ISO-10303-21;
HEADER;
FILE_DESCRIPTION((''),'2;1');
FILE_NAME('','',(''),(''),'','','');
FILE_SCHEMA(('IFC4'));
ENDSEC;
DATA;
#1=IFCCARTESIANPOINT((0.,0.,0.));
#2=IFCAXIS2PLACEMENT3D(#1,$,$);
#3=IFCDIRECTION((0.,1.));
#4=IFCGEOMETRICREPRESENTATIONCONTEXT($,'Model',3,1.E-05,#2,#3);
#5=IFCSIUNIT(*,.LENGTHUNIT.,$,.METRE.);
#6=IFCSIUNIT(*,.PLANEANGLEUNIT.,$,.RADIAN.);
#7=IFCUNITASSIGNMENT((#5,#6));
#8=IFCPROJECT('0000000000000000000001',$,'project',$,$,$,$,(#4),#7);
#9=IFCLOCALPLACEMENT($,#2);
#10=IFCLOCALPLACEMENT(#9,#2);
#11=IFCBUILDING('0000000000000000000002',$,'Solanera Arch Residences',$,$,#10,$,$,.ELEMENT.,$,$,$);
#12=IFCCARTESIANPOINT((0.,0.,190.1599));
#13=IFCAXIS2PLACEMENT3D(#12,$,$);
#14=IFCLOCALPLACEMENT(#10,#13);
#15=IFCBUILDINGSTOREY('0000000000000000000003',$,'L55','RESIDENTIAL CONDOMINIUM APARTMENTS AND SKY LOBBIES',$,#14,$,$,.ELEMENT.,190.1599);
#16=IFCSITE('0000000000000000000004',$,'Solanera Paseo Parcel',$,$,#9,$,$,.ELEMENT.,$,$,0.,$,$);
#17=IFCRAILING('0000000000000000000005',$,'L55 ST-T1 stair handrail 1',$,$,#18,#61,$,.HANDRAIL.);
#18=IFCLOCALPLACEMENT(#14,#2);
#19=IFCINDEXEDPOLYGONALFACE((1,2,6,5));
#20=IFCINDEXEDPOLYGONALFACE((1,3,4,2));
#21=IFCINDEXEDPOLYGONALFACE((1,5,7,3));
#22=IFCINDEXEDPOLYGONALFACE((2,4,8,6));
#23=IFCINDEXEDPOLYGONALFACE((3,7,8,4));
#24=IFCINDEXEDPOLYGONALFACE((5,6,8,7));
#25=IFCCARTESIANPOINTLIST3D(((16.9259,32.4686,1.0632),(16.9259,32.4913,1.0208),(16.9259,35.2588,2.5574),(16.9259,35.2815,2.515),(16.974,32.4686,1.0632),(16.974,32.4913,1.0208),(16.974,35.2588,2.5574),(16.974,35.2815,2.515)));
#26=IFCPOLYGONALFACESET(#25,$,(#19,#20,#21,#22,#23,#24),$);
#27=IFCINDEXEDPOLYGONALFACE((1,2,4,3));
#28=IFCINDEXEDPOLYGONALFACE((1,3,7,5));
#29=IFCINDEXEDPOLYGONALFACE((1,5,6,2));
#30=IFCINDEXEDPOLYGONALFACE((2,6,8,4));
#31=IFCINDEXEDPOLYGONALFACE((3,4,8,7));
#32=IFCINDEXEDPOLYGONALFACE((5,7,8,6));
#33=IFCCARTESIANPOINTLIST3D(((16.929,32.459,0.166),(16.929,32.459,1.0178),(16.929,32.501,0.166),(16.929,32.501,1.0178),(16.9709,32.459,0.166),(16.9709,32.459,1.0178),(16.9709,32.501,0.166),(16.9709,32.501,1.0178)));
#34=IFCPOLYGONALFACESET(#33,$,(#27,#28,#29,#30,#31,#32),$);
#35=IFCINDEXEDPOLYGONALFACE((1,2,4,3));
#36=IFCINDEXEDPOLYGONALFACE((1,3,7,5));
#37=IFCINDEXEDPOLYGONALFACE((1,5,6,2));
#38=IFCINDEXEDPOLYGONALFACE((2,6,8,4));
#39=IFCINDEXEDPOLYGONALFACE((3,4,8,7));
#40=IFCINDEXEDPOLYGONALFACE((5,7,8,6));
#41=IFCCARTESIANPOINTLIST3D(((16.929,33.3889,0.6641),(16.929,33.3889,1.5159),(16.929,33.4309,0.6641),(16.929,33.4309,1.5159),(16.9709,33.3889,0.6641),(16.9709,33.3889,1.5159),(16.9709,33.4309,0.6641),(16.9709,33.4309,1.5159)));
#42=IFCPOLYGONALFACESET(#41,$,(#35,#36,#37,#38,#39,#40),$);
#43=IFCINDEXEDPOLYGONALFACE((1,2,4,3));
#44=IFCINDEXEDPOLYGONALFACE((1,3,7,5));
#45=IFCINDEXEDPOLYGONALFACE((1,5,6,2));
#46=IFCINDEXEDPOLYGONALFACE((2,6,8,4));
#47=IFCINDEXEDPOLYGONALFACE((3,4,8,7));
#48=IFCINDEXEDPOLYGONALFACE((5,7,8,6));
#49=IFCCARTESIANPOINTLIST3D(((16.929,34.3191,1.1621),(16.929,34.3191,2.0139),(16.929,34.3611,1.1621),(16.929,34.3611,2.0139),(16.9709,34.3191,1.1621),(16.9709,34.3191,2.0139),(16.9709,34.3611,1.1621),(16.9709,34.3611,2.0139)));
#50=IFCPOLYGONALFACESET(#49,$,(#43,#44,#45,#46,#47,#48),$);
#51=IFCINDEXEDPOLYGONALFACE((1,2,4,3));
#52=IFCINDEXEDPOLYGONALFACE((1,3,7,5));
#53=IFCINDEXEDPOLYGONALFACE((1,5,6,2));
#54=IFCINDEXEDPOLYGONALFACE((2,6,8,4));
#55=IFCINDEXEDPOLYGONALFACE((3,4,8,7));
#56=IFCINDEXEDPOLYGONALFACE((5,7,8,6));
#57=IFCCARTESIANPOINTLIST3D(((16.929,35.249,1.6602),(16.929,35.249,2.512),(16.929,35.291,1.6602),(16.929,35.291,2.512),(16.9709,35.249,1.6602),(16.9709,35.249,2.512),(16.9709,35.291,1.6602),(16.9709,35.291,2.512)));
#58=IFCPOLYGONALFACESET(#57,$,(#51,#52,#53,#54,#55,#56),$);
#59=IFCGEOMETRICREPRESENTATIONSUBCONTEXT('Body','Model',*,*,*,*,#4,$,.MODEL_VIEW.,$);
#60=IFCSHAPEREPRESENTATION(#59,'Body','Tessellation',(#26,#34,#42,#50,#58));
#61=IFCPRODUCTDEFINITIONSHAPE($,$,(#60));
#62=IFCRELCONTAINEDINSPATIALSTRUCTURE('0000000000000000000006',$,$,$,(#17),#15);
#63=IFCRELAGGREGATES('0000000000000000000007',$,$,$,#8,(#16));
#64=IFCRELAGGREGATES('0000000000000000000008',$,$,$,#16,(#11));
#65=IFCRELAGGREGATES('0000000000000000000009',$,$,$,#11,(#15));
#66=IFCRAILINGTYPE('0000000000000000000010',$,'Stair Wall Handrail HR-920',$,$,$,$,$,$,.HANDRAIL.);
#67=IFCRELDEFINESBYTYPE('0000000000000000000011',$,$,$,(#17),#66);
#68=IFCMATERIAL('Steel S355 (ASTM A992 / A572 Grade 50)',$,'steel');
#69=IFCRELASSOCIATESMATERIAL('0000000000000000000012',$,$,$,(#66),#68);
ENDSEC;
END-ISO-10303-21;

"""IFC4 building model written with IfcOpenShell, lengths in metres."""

from ifc_helpers import new_model, si_unit, direction, frame, origin, origin_2d, place, context, subcontext, project, spatial, rectangle, extrude, material, type_object, element, save


model = new_model("IFC4")

# Units and contexts
model_context = context("Model", 3, precision=1e-05, world=origin(), true_north=direction((0.0, 1.0)))
body_context = subcontext(model_context, "Body", "Model", "MODEL_VIEW")
ifc_project = project(units=[si_unit("LENGTHUNIT", "METRE"), si_unit("PLANEANGLEUNIT", "RADIAN")], contexts=[model_context])

# Site, building, storey
site_placement = place(None, origin())
site = spatial("IfcSite", under=ifc_project, at=site_placement, Name="Solanera Paseo Parcel", CompositionType="ELEMENT", RefElevation=0.0)
building_placement = place(site_placement, origin())
building = spatial("IfcBuilding", under=site, at=building_placement, Name="Solanera Arch Residences", CompositionType="ELEMENT")
storey_placement = place(building_placement, frame((0.0, 0.0, 190.1599)))
storey = spatial("IfcBuildingStorey", under=building, at=storey_placement, Name="L55", Description="RESIDENTIAL CONDOMINIUM APARTMENTS AND SKY LOBBIES", CompositionType="ELEMENT", Elevation=190.1599)

# Railing
ifc_material_1 = material(Name="Steel S355 (ASTM A992 / A572 Grade 50)", Category="steel")
railing_type_1 = type_object("IfcRailingType", Name="Stair Wall Handrail HR-920", PredefinedType="HANDRAIL", material=ifc_material_1)
railing_1_placement = place(storey_placement, frame((16.95, 32.48, 0.166)))
element("IfcRailing", 1, at=railing_1_placement, inside=storey, type_object=railing_type_1, Name="L55 ST-T1 stair handrail 1", PredefinedType="HANDRAIL", context=body_context, shape_type="SweptSolid", body=[
    extrude(rectangle(XDim=0.0481, YDim=0.0481, at=origin_2d()), frame((0.0, 0.0, 0.876), z_axis=(0.0, 0.881549, 0.472093), x_axis=(-1.0, 0.0, 0.0)), (0.0, 0.0, 1.0), 3.165),
    extrude(rectangle(XDim=0.042, YDim=0.042, at=origin_2d()), origin(), (0.0, 0.0, 1.0), 0.8518),
    extrude(rectangle(XDim=0.042, YDim=0.042, at=origin_2d()), frame((0.0, 0.9299, 0.498)), (0.0, 0.0, 1.0), 0.8518),
    extrude(rectangle(XDim=0.042, YDim=0.042, at=origin_2d()), frame((0.0, 1.8601, 0.9961)), (0.0, 0.0, 1.0), 0.8518),
    extrude(rectangle(XDim=0.042, YDim=0.042, at=origin_2d()), frame((0.0, 2.79, 1.4941)), (0.0, 0.0, 1.0), 0.8518),
])

save(model, "model.ifc")
